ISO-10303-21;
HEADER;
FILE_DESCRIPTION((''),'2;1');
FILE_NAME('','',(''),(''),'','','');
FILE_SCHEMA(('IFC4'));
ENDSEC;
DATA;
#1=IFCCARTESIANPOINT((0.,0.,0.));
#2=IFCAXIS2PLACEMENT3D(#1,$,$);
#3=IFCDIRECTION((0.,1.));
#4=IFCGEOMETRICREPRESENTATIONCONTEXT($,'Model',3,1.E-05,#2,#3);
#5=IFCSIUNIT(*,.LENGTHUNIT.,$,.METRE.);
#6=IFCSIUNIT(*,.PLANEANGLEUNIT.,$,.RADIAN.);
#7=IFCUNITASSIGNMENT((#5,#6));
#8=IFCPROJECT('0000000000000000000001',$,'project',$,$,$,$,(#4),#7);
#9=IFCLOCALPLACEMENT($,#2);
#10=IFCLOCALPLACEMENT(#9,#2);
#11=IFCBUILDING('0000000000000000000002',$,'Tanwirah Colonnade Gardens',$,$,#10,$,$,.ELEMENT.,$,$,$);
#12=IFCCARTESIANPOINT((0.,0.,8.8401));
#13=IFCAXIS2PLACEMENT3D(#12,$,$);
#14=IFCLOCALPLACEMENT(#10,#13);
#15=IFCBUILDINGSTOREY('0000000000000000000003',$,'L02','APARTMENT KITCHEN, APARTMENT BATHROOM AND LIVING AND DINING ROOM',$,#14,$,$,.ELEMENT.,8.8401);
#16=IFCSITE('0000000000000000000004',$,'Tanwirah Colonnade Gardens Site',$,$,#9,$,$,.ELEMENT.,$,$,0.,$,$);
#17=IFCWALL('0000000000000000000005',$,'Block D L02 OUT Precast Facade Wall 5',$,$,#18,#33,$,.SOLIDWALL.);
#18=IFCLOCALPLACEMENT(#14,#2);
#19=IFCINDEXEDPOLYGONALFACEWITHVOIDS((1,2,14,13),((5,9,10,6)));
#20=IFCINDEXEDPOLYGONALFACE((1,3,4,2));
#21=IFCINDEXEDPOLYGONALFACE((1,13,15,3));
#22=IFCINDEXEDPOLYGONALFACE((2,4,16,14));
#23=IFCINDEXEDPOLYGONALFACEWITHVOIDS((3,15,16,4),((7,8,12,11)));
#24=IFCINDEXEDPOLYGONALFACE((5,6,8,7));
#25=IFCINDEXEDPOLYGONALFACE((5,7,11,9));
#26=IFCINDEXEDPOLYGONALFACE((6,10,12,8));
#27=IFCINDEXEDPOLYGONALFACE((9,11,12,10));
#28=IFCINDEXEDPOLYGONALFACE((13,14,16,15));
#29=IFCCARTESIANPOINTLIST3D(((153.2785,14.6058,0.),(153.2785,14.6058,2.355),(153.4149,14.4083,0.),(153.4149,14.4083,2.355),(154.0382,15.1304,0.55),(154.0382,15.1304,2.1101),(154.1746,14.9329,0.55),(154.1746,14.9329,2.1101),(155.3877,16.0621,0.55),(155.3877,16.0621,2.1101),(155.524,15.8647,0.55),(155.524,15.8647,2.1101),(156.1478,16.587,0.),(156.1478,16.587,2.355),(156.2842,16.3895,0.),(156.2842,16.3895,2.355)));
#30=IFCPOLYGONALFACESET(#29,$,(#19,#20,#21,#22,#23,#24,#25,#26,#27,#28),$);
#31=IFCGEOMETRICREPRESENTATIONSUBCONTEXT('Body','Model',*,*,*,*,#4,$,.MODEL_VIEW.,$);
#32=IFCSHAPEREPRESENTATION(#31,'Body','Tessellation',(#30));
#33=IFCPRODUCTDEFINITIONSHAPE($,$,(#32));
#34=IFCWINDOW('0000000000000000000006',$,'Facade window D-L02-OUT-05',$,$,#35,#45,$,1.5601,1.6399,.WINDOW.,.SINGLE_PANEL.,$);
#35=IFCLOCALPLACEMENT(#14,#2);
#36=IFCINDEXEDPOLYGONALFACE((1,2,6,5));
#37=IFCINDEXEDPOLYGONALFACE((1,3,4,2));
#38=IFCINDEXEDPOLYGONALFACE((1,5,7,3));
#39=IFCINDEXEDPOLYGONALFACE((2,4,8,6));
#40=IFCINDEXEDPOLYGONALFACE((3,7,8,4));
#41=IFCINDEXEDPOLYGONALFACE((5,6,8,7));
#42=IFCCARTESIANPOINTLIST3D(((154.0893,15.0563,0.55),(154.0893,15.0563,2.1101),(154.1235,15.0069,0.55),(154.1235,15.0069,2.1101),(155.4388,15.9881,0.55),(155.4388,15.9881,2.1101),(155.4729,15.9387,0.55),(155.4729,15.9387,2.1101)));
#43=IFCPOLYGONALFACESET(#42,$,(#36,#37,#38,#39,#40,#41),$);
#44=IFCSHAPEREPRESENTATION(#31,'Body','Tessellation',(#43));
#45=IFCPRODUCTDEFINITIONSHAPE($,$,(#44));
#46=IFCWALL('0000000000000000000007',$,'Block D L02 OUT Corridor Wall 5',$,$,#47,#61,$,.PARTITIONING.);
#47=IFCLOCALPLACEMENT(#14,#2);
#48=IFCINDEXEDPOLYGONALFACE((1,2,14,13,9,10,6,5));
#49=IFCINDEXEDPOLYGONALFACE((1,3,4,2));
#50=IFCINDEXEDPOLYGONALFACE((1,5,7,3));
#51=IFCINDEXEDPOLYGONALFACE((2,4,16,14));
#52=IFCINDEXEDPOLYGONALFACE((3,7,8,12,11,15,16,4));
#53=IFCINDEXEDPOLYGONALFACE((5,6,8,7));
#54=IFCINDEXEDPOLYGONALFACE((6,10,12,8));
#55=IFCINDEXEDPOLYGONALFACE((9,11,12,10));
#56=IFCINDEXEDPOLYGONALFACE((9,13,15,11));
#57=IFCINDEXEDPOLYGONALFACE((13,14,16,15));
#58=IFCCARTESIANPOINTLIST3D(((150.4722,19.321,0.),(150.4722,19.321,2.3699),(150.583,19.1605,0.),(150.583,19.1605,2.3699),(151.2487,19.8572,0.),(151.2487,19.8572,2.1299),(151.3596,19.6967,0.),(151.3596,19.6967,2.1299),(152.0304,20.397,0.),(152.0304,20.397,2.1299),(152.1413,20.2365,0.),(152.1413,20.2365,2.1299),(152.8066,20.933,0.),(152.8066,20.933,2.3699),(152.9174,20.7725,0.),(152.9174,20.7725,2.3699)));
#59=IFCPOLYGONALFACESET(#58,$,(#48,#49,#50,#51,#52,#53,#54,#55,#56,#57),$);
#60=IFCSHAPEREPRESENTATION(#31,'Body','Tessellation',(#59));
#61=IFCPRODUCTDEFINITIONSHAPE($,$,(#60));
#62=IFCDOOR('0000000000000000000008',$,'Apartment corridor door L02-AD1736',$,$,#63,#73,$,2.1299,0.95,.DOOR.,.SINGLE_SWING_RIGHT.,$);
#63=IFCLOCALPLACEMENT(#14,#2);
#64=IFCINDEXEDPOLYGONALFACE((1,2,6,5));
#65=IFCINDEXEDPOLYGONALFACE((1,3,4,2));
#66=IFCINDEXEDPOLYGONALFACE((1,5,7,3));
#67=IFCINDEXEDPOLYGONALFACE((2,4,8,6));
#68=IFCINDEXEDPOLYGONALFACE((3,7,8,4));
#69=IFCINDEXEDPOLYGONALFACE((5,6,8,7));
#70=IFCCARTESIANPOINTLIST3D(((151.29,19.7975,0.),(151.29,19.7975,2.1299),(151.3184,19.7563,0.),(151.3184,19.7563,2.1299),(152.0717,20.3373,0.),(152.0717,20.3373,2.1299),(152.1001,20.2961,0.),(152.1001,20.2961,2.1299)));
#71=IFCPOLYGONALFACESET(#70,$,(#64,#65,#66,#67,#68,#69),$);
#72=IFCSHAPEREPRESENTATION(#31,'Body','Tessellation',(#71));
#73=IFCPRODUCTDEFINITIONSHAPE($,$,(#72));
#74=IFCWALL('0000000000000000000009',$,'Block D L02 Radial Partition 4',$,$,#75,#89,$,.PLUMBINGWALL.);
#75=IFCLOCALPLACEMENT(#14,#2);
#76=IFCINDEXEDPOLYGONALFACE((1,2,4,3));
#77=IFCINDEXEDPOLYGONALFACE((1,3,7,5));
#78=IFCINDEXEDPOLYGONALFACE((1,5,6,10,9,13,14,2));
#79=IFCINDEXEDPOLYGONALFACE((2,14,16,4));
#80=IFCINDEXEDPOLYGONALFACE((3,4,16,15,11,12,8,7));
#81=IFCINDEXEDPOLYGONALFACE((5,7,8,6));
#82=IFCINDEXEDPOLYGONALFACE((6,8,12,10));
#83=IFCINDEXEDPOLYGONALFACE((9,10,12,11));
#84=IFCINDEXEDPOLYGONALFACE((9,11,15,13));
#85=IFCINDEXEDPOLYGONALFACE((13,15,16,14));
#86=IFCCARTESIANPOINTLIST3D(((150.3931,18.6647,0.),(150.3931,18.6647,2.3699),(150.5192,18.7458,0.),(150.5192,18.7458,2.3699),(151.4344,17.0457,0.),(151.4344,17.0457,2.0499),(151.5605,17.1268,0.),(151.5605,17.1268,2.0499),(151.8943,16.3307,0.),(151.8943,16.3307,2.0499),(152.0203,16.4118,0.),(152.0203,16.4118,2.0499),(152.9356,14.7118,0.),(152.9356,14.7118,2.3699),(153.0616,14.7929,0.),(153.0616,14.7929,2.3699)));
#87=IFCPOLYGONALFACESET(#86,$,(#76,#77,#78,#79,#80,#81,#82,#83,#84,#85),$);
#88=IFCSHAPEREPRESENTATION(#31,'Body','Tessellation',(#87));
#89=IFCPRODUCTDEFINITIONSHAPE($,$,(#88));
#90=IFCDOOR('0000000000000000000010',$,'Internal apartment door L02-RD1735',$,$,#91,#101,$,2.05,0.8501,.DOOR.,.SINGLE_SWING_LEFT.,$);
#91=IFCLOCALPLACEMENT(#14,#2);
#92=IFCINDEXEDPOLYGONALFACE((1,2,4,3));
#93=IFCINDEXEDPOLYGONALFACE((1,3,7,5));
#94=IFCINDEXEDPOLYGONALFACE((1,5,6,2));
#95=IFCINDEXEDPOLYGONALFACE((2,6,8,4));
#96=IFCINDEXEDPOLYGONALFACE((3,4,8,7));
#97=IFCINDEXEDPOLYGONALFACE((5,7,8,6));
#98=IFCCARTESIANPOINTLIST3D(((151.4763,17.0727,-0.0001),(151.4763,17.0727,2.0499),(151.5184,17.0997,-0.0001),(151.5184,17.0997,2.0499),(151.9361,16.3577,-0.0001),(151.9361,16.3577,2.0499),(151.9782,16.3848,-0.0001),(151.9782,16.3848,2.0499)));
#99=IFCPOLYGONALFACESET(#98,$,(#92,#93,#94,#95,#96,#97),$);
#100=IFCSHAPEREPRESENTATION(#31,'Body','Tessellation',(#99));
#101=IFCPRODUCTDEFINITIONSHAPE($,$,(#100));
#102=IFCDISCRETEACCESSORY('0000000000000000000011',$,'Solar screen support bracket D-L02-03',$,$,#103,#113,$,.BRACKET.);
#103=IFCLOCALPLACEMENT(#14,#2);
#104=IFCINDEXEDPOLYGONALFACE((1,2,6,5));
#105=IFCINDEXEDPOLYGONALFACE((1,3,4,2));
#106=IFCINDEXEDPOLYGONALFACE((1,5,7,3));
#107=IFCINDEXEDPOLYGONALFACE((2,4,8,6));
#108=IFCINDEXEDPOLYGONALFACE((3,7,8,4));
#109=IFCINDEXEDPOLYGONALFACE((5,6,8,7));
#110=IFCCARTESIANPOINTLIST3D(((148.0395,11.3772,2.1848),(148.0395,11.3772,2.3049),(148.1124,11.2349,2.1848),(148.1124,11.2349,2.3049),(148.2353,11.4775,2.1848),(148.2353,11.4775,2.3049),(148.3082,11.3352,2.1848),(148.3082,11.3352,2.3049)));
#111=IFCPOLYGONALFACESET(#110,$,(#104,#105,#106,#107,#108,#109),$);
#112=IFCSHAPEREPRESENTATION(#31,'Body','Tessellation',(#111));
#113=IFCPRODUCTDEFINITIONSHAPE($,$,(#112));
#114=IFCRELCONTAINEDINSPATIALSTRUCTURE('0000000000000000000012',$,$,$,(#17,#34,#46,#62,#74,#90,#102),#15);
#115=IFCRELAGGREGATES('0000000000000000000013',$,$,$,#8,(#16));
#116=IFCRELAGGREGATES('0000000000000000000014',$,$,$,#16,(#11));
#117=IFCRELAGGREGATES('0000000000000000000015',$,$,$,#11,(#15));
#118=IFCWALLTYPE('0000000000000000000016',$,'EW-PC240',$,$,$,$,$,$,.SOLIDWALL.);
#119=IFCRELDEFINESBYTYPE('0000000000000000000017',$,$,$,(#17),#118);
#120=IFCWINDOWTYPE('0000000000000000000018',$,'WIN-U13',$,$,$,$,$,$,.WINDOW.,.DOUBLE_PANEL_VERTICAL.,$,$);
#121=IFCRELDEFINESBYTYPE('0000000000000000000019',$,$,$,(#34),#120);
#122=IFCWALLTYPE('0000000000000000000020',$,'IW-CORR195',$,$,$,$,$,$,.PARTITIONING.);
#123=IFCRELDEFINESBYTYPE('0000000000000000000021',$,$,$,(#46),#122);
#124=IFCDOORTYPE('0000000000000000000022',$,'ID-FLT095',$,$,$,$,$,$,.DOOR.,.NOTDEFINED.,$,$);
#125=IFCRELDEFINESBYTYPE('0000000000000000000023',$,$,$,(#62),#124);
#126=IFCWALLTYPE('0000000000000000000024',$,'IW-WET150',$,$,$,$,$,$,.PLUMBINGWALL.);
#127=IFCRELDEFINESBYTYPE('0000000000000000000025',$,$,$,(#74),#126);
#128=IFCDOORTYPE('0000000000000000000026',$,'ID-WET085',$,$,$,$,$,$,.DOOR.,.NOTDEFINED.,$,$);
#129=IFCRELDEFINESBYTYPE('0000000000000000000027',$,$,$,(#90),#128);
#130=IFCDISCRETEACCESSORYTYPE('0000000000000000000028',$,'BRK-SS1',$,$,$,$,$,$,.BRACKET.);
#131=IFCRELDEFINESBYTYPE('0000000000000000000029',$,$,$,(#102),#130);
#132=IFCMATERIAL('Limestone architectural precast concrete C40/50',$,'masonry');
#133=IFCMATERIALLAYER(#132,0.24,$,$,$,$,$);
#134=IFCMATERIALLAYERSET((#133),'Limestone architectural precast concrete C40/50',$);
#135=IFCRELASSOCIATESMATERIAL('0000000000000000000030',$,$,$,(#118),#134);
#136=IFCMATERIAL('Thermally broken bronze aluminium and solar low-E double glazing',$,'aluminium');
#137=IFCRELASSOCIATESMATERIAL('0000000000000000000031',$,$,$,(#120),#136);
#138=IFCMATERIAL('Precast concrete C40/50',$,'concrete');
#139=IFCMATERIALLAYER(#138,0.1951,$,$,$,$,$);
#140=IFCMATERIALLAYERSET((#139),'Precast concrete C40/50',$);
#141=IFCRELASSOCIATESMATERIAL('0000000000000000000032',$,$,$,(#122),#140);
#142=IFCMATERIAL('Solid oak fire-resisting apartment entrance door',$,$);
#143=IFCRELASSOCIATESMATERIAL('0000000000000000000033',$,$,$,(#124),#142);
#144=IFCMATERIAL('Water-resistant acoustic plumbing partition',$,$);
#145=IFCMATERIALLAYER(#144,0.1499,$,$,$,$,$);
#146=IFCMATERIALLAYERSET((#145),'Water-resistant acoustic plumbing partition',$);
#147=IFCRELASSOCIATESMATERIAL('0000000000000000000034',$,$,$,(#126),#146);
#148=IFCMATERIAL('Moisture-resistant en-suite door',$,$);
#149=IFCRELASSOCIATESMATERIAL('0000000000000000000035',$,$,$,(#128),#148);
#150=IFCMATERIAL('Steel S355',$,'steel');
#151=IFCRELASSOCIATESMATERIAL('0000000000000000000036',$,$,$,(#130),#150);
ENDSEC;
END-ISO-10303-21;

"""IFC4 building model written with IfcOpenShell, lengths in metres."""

from ifc_helpers import new_model, si_unit, direction, frame, frame_2d, origin, origin_2d, place, context, subcontext, project, spatial, rectangle, extrude, material, layer, layer_set, type_object, element, fill, save


model = new_model("IFC4")

# Units and contexts
model_context = context("Model", 3, precision=1e-05, world=origin(), true_north=direction((0.0, 1.0)))
body_context = subcontext(model_context, "Body", "Model", "MODEL_VIEW")
ifc_project = project(units=[si_unit("LENGTHUNIT", "METRE"), si_unit("PLANEANGLEUNIT", "RADIAN")], contexts=[model_context])

# Site, building, storey
site_placement = place(None, origin())
site = spatial("IfcSite", under=ifc_project, at=site_placement, Name="Tanwirah Colonnade Gardens Site", CompositionType="ELEMENT", RefElevation=0.0)
building_placement = place(site_placement, origin())
building = spatial("IfcBuilding", under=site, at=building_placement, Name="Tanwirah Colonnade Gardens", CompositionType="ELEMENT")
storey_placement = place(building_placement, frame((0.0, 0.0, 8.8401)))
storey = spatial("IfcBuildingStorey", under=building, at=storey_placement, Name="L02", Description="APARTMENT KITCHEN, APARTMENT BATHROOM AND LIVING AND DINING ROOM", CompositionType="ELEMENT", Elevation=8.8401)

# Shared definitions
ifc_material_1 = material(Name="Precast concrete C40/50", Category="concrete")

# Wall, opening, window
ifc_material_2 = material(Name="Limestone architectural precast concrete C40/50", Category="masonry")
ifc_layer_1 = layer(ifc_material_2, 0.24)
ifc_layer_set_1 = layer_set([ifc_layer_1], Name="Limestone architectural precast concrete C40/50")
wall_type_1 = type_object("IfcWallType", Name="EW-PC240", PredefinedType="SOLIDWALL", material=ifc_layer_set_1)
ifc_material_3 = material(Name="Thermally broken bronze aluminium and solar low-E double glazing", Category="aluminium")
wall_1_placement = place(storey_placement, frame((153.3467, 14.5071, 0.0), z_axis=(0.0, 0.0, 1.0), x_axis=(0.822902, 0.568183, 0.0)))
wall_1 = element("IfcWall", 1, at=wall_1_placement, inside=storey, type_object=wall_type_1, Name="Block D L02 OUT Precast Facade Wall 5", PredefinedType="SOLIDWALL", context=body_context, shape_type="SweptSolid", body=[
    extrude(rectangle(XDim=3.4868, YDim=0.24, at=frame_2d((1.7434, 0.0))), origin(), (0.0, 0.0, 1.0), 2.355),
])
opening_1_placement = place(wall_1_placement, frame((0.9233, 0.0, 0.55)))
opening_1 = element("IfcOpeningElement", 2, at=opening_1_placement, cuts=wall_1, PredefinedType="OPENING", context=body_context, shape_type="SweptSolid", body=[
    extrude(rectangle(XDim=1.6399, YDim=1.5601, at=frame_2d((0.8198, 0.78))), frame((0.0, 0.1299, 0.0), z_axis=(0.0, -1.0, 0.0), x_axis=(1.0, 0.0, 0.0)), (0.0, 0.0, 1.0), 0.26),
])
window_type_1 = type_object("IfcWindowType", Name="WIN-U13", PartitioningType="DOUBLE_PANEL_VERTICAL", PredefinedType="WINDOW", material=ifc_material_3)
window_1_placement = place(opening_1_placement, origin())
window_1 = element("IfcWindow", 3, at=window_1_placement, inside=storey, type_object=window_type_1, Name="Facade window D-L02-OUT-05", OverallHeight=1.5601, OverallWidth=1.6399, PartitioningType="SINGLE_PANEL", PredefinedType="WINDOW", context=body_context, shape_type="SweptSolid", body=[
    extrude(rectangle(XDim=1.6399, YDim=1.5601, at=frame_2d((0.8198, 0.78))), frame((0.0, 0.03, 0.0), z_axis=(0.0, -1.0, 0.0), x_axis=(1.0, 0.0, 0.0)), (0.0, 0.0, 1.0), 0.0601),
])
fill(opening_1, window_1)

# Walls, openings, doors
ifc_layer_2 = layer(ifc_material_1, 0.1951)
ifc_layer_set_2 = layer_set([ifc_layer_2], Name="Precast concrete C40/50")
wall_type_2 = type_object("IfcWallType", Name="IW-CORR195", PredefinedType="PARTITIONING", material=ifc_layer_set_2)
wall_2_placement = place(storey_placement, frame((150.5276, 19.2407, 0.0), z_axis=(0.0, 0.0, 1.0), x_axis=(0.82287, 0.56823, 0.0)))
wall_2 = element("IfcWall", 4, at=wall_2_placement, inside=storey, type_object=wall_type_2, Name="Block D L02 OUT Corridor Wall 5", PredefinedType="PARTITIONING", context=body_context, shape_type="SweptSolid", body=[
    extrude(rectangle(XDim=2.8369, YDim=0.1951, at=frame_2d((1.4185, 0.0))), origin(), (0.0, 0.0, 1.0), 2.3699),
])
opening_2_placement = place(wall_2_placement, frame((0.9436, 0.0, 0.0)))
opening_2 = element("IfcOpeningElement", 5, at=opening_2_placement, cuts=wall_2, PredefinedType="OPENING", context=body_context, shape_type="SweptSolid", body=[
    extrude(rectangle(XDim=0.95, YDim=2.1299, at=frame_2d((0.4751, 1.0649))), frame((0.0, 0.1074, 0.0), z_axis=(0.0, -1.0, 0.0), x_axis=(1.0, 0.0, 0.0)), (0.0, 0.0, 1.0), 0.2151),
])
ifc_material_4 = material(Name="Solid oak fire-resisting apartment entrance door")
door_type_1 = type_object("IfcDoorType", Name="ID-FLT095", OperationType="NOTDEFINED", PredefinedType="DOOR", material=ifc_material_4)
door_1_placement = place(opening_2_placement, origin())
door_1 = element("IfcDoor", 6, at=door_1_placement, inside=storey, type_object=door_type_1, Name="Apartment corridor door L02-AD1736", OperationType="SINGLE_SWING_RIGHT", OverallHeight=2.1299, OverallWidth=0.95, PredefinedType="DOOR", context=body_context, shape_type="SweptSolid", body=[
    extrude(rectangle(XDim=0.95, YDim=2.1299, at=frame_2d((0.4751, 1.0649))), frame((0.0, 0.0249, 0.0), z_axis=(0.0, -1.0, 0.0), x_axis=(1.0, 0.0, 0.0)), (0.0, 0.0, 1.0), 0.05),
])
fill(opening_2, door_1)
ifc_material_5 = material(Name="Water-resistant acoustic plumbing partition")
ifc_layer_3 = layer(ifc_material_5, 0.1499)
ifc_layer_set_3 = layer_set([ifc_layer_3], Name="Water-resistant acoustic plumbing partition")
wall_type_3 = type_object("IfcWallType", Name="IW-WET150", PredefinedType="PLUMBINGWALL", material=ifc_layer_set_3)
wall_3_placement = place(storey_placement, frame((150.4561, 18.7053, 0.0), z_axis=(0.0, 0.0, 1.0), x_axis=(0.54096, -0.841048, 0.0)))
wall_3 = element("IfcWall", 7, at=wall_3_placement, inside=storey, type_object=wall_type_3, Name="Block D L02 Radial Partition 4", PredefinedType="PLUMBINGWALL", context=body_context, shape_type="SweptSolid", body=[
    extrude(rectangle(XDim=4.7, YDim=0.1499, at=frame_2d((2.3501, 0.0))), origin(), (0.0, 0.0, 1.0), 2.3699),
])
opening_3_placement = place(wall_3_placement, frame((1.925, 0.0, 0.0)))
opening_3 = element("IfcOpeningElement", 8, at=opening_3_placement, cuts=wall_3, PredefinedType="OPENING", context=body_context, shape_type="SweptSolid", body=[
    extrude(rectangle(XDim=0.8501, YDim=2.05, at=frame_2d((0.425, 1.0249))), frame((0.0, 0.085, 0.0), z_axis=(0.0, -1.0, 0.0), x_axis=(1.0, 0.0, 0.0)), (0.0, 0.0, 1.0), 0.1699),
])
ifc_material_6 = material(Name="Moisture-resistant en-suite door")
door_type_2 = type_object("IfcDoorType", Name="ID-WET085", OperationType="NOTDEFINED", PredefinedType="DOOR", material=ifc_material_6)
door_2_placement = place(opening_3_placement, origin())
door_2 = element("IfcDoor", 9, at=door_2_placement, inside=storey, type_object=door_type_2, Name="Internal apartment door L02-RD1735", OperationType="SINGLE_SWING_LEFT", OverallHeight=2.05, OverallWidth=0.8501, PredefinedType="DOOR", context=body_context, shape_type="SweptSolid", body=[
    extrude(rectangle(XDim=0.8501, YDim=2.05, at=frame_2d((0.425, 1.0249))), frame((0.0, 0.0249, 0.0), z_axis=(0.0, -1.0, 0.0), x_axis=(1.0, 0.0, 0.0)), (0.0, 0.0, 1.0), 0.05),
])
fill(opening_3, door_2)

# Discrete accessory
ifc_material_7 = material(Name="Steel S355", Category="steel")
discrete_accessory_type = type_object("IfcDiscreteAccessoryType", Name="BRK-SS1", PredefinedType="BRACKET", material=ifc_material_7)
discrete_accessory_placement = place(storey_placement, frame((148.1738, 11.3562, 2.1848), z_axis=(0.0, 0.0, 1.0), x_axis=(0.890015, 0.455931, 0.0)))
element("IfcDiscreteAccessory", 10, at=discrete_accessory_placement, inside=storey, type_object=discrete_accessory_type, Name="Solar screen support bracket D-L02-03", PredefinedType="BRACKET", context=body_context, shape_type="SweptSolid", body=[
    extrude(rectangle(XDim=0.22, YDim=0.1599, at=origin_2d()), origin(), (0.0, 0.0, 1.0), 0.1201),
])

save(model, "model.ifc")
